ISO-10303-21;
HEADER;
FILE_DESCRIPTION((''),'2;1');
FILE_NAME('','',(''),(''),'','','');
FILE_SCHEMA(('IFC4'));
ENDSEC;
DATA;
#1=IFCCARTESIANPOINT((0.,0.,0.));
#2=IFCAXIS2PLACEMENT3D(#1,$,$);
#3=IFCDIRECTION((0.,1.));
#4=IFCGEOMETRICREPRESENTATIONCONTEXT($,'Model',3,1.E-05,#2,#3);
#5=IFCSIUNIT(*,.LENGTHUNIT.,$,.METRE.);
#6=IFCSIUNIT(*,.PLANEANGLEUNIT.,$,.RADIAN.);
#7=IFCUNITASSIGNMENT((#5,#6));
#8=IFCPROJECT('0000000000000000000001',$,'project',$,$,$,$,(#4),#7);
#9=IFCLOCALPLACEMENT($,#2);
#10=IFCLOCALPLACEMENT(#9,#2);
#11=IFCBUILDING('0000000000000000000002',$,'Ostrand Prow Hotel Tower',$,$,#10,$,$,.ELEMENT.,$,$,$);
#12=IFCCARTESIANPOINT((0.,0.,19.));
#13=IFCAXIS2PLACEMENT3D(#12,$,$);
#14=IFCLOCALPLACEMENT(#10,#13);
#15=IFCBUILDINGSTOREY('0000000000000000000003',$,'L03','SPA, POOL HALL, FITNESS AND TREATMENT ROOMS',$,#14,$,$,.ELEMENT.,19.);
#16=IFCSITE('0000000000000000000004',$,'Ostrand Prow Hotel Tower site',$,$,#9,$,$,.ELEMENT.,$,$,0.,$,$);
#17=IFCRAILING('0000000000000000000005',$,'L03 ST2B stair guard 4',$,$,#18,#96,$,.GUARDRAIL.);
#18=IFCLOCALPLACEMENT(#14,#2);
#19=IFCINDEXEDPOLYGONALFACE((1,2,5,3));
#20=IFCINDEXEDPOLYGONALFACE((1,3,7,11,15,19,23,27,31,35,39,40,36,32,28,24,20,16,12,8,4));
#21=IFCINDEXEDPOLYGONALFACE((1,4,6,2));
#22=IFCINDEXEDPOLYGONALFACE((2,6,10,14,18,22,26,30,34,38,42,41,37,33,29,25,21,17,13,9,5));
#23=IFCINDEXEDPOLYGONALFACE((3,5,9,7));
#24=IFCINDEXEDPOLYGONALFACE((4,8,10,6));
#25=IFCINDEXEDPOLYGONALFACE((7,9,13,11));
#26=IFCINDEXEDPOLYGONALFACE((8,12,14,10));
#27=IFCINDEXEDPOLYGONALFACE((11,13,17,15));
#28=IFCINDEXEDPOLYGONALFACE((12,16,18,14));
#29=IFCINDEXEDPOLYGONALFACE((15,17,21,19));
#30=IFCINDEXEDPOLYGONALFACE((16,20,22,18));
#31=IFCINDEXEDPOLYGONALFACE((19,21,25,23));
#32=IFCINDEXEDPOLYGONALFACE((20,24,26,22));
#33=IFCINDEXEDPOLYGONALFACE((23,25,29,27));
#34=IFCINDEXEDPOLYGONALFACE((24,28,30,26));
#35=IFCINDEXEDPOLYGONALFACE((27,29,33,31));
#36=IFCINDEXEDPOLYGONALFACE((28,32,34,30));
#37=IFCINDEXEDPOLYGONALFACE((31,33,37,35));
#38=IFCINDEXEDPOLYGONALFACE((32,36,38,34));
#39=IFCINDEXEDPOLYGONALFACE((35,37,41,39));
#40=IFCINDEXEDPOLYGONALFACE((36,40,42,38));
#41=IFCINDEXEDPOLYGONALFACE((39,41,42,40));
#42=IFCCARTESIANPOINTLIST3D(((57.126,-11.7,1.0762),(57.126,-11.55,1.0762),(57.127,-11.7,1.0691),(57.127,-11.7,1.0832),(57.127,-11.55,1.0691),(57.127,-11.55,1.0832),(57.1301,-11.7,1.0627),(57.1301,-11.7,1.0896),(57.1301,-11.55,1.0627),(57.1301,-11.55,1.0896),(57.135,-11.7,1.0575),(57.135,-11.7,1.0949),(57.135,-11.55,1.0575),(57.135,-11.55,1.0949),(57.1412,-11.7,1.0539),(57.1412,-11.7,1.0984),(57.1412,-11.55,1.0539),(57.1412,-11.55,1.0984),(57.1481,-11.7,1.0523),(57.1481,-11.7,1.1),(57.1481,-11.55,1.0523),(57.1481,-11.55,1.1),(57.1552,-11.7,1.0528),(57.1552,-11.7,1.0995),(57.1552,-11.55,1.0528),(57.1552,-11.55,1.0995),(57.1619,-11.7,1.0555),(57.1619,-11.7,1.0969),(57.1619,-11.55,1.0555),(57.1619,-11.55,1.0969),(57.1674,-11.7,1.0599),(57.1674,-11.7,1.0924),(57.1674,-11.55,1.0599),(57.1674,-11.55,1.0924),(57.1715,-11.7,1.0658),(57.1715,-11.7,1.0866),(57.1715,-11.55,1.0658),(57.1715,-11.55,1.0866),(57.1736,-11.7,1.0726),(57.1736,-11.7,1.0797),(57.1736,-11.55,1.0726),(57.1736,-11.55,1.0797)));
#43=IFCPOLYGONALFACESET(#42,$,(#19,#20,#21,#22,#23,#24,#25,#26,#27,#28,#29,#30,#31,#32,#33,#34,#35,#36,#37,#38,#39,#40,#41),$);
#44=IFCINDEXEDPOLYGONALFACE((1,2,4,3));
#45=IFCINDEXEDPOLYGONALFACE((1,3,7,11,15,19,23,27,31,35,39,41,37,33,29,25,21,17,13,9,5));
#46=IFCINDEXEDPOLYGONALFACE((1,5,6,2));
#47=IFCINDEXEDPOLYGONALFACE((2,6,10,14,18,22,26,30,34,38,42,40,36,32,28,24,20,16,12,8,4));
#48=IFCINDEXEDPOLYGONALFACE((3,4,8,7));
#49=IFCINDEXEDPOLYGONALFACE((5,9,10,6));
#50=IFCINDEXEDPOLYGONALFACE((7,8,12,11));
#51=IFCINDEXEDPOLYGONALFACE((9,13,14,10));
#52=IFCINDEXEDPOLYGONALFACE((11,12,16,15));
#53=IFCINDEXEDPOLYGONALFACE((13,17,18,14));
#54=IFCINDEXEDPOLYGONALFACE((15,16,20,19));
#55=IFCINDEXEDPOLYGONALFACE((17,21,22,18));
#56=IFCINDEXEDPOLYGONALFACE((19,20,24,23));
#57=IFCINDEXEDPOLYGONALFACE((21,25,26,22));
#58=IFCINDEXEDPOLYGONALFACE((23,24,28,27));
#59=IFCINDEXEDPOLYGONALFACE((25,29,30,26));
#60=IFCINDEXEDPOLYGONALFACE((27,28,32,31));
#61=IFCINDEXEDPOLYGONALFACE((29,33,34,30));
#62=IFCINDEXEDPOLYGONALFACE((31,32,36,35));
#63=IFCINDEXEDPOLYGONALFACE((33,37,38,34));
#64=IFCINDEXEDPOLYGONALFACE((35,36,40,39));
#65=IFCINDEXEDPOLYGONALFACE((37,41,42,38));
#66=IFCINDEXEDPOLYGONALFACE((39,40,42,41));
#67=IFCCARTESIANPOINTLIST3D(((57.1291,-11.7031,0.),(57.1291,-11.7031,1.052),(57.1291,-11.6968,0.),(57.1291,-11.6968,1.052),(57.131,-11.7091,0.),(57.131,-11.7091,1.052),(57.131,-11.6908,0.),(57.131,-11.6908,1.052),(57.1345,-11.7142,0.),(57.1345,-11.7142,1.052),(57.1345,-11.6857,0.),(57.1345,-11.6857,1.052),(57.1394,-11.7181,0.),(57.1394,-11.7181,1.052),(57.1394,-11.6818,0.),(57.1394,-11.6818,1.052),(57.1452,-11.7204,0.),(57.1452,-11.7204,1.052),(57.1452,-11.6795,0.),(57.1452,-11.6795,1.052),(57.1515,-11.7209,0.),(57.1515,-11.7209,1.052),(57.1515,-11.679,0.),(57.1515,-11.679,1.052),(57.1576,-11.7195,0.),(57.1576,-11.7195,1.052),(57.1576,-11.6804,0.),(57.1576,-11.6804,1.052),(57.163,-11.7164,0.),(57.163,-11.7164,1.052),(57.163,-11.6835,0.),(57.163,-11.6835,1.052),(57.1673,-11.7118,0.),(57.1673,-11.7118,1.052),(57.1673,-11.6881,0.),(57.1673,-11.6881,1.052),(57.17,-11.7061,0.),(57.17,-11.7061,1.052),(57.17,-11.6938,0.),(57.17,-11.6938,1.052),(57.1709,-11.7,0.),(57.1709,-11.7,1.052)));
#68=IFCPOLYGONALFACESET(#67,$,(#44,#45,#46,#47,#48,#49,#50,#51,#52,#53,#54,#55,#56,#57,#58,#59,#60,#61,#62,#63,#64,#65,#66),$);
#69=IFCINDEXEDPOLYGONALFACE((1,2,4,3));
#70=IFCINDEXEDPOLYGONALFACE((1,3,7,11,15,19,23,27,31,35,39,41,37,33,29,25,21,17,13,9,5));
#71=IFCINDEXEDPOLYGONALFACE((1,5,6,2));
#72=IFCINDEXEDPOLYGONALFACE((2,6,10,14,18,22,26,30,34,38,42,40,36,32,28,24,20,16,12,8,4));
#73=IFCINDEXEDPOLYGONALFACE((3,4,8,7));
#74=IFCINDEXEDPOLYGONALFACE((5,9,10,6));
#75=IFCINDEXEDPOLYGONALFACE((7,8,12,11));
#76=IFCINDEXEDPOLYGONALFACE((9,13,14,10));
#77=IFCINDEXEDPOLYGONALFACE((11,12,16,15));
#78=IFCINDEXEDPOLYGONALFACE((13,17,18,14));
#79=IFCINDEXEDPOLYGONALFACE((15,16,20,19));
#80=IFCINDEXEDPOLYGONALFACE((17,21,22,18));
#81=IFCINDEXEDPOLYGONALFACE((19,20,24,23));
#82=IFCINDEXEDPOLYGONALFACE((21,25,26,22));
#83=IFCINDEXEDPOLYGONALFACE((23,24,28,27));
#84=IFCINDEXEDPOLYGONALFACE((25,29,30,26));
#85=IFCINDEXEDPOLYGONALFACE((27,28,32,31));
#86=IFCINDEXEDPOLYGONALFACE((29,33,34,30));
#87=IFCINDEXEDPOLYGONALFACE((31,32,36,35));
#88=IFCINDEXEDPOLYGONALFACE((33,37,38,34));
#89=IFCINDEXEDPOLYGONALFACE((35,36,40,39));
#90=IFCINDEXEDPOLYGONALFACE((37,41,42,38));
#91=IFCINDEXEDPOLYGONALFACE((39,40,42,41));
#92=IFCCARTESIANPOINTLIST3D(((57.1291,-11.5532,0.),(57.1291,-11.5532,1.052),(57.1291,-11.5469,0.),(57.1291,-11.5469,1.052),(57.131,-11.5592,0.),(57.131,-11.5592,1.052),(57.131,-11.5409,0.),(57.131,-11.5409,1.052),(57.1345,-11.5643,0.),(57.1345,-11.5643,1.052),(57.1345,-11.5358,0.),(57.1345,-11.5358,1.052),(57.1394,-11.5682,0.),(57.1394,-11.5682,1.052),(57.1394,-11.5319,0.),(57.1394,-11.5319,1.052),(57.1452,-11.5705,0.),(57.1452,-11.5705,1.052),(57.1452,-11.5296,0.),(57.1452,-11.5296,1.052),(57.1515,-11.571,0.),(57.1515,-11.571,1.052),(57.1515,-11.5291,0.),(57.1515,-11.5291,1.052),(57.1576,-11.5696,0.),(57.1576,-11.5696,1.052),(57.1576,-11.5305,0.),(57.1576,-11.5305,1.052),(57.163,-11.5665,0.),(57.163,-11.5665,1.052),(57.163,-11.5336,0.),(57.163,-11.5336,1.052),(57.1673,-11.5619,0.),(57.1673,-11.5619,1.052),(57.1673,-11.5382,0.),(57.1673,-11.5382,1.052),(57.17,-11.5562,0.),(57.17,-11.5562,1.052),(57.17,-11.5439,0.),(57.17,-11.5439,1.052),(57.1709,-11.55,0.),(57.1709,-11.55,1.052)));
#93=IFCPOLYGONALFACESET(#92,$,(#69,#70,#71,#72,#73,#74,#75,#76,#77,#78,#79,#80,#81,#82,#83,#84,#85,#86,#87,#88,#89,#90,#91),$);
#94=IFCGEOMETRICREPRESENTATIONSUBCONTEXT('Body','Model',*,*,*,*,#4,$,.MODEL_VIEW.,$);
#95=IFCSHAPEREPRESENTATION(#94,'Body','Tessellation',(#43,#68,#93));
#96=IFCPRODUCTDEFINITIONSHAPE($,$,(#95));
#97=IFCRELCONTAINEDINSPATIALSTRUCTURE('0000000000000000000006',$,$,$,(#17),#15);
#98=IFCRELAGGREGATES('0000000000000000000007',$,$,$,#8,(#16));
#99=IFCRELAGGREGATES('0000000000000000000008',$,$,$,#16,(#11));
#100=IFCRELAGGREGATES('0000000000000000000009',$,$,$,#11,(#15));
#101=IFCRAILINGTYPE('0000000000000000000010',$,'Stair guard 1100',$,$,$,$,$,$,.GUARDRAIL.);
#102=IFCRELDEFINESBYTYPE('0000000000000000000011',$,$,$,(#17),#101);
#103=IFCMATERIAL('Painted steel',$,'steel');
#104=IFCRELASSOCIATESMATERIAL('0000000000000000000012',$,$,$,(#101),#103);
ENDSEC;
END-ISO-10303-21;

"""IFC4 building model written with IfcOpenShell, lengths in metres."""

from ifc_helpers import new_model, si_unit, direction, frame, origin, origin_2d, place, context, subcontext, project, spatial, circle, extrude, material, type_object, element, save


model = new_model("IFC4")

# Units and contexts
model_context = context("Model", 3, precision=1e-05, world=origin(), true_north=direction((0.0, 1.0)))
body_context = subcontext(model_context, "Body", "Model", "MODEL_VIEW")
ifc_project = project(units=[si_unit("LENGTHUNIT", "METRE"), si_unit("PLANEANGLEUNIT", "RADIAN")], contexts=[model_context])

# Site, building, storey
site_placement = place(None, origin())
site = spatial("IfcSite", under=ifc_project, at=site_placement, Name="Ostrand Prow Hotel Tower site", CompositionType="ELEMENT", RefElevation=0.0)
building_placement = place(site_placement, origin())
building = spatial("IfcBuilding", under=site, at=building_placement, Name="Ostrand Prow Hotel Tower", CompositionType="ELEMENT")
storey_placement = place(building_placement, frame((0.0, 0.0, 19.0)))
storey = spatial("IfcBuildingStorey", under=building, at=storey_placement, Name="L03", Description="SPA, POOL HALL, FITNESS AND TREATMENT ROOMS", CompositionType="ELEMENT", Elevation=19.0)

# Railing
ifc_material_1 = material(Name="Painted steel", Category="steel")
railing_type_1 = type_object("IfcRailingType", Name="Stair guard 1100", PredefinedType="GUARDRAIL", material=ifc_material_1)
railing_1_placement = place(storey_placement, frame((57.1499, -11.7, 0.0)))
element("IfcRailing", 1, at=railing_1_placement, inside=storey, type_object=railing_type_1, Name="L03 ST2B stair guard 4", PredefinedType="GUARDRAIL", context=body_context, shape_type="SweptSolid", body=[
    extrude(circle(Radius=0.0239, at=origin_2d()), frame((0.0, 0.0, 1.0762), z_axis=(0.0, 1.0, 0.0), x_axis=(-1.0, 0.0, 0.0)), (0.0, 0.0, 1.0), 0.1499),
    extrude(circle(Radius=0.021, at=origin_2d()), origin(), (0.0, 0.0, 1.0), 1.052),
    extrude(circle(Radius=0.021, at=origin_2d()), frame((0.0, 0.1499, 0.0)), (0.0, 0.0, 1.0), 1.052),
])

save(model, "model.ifc")
